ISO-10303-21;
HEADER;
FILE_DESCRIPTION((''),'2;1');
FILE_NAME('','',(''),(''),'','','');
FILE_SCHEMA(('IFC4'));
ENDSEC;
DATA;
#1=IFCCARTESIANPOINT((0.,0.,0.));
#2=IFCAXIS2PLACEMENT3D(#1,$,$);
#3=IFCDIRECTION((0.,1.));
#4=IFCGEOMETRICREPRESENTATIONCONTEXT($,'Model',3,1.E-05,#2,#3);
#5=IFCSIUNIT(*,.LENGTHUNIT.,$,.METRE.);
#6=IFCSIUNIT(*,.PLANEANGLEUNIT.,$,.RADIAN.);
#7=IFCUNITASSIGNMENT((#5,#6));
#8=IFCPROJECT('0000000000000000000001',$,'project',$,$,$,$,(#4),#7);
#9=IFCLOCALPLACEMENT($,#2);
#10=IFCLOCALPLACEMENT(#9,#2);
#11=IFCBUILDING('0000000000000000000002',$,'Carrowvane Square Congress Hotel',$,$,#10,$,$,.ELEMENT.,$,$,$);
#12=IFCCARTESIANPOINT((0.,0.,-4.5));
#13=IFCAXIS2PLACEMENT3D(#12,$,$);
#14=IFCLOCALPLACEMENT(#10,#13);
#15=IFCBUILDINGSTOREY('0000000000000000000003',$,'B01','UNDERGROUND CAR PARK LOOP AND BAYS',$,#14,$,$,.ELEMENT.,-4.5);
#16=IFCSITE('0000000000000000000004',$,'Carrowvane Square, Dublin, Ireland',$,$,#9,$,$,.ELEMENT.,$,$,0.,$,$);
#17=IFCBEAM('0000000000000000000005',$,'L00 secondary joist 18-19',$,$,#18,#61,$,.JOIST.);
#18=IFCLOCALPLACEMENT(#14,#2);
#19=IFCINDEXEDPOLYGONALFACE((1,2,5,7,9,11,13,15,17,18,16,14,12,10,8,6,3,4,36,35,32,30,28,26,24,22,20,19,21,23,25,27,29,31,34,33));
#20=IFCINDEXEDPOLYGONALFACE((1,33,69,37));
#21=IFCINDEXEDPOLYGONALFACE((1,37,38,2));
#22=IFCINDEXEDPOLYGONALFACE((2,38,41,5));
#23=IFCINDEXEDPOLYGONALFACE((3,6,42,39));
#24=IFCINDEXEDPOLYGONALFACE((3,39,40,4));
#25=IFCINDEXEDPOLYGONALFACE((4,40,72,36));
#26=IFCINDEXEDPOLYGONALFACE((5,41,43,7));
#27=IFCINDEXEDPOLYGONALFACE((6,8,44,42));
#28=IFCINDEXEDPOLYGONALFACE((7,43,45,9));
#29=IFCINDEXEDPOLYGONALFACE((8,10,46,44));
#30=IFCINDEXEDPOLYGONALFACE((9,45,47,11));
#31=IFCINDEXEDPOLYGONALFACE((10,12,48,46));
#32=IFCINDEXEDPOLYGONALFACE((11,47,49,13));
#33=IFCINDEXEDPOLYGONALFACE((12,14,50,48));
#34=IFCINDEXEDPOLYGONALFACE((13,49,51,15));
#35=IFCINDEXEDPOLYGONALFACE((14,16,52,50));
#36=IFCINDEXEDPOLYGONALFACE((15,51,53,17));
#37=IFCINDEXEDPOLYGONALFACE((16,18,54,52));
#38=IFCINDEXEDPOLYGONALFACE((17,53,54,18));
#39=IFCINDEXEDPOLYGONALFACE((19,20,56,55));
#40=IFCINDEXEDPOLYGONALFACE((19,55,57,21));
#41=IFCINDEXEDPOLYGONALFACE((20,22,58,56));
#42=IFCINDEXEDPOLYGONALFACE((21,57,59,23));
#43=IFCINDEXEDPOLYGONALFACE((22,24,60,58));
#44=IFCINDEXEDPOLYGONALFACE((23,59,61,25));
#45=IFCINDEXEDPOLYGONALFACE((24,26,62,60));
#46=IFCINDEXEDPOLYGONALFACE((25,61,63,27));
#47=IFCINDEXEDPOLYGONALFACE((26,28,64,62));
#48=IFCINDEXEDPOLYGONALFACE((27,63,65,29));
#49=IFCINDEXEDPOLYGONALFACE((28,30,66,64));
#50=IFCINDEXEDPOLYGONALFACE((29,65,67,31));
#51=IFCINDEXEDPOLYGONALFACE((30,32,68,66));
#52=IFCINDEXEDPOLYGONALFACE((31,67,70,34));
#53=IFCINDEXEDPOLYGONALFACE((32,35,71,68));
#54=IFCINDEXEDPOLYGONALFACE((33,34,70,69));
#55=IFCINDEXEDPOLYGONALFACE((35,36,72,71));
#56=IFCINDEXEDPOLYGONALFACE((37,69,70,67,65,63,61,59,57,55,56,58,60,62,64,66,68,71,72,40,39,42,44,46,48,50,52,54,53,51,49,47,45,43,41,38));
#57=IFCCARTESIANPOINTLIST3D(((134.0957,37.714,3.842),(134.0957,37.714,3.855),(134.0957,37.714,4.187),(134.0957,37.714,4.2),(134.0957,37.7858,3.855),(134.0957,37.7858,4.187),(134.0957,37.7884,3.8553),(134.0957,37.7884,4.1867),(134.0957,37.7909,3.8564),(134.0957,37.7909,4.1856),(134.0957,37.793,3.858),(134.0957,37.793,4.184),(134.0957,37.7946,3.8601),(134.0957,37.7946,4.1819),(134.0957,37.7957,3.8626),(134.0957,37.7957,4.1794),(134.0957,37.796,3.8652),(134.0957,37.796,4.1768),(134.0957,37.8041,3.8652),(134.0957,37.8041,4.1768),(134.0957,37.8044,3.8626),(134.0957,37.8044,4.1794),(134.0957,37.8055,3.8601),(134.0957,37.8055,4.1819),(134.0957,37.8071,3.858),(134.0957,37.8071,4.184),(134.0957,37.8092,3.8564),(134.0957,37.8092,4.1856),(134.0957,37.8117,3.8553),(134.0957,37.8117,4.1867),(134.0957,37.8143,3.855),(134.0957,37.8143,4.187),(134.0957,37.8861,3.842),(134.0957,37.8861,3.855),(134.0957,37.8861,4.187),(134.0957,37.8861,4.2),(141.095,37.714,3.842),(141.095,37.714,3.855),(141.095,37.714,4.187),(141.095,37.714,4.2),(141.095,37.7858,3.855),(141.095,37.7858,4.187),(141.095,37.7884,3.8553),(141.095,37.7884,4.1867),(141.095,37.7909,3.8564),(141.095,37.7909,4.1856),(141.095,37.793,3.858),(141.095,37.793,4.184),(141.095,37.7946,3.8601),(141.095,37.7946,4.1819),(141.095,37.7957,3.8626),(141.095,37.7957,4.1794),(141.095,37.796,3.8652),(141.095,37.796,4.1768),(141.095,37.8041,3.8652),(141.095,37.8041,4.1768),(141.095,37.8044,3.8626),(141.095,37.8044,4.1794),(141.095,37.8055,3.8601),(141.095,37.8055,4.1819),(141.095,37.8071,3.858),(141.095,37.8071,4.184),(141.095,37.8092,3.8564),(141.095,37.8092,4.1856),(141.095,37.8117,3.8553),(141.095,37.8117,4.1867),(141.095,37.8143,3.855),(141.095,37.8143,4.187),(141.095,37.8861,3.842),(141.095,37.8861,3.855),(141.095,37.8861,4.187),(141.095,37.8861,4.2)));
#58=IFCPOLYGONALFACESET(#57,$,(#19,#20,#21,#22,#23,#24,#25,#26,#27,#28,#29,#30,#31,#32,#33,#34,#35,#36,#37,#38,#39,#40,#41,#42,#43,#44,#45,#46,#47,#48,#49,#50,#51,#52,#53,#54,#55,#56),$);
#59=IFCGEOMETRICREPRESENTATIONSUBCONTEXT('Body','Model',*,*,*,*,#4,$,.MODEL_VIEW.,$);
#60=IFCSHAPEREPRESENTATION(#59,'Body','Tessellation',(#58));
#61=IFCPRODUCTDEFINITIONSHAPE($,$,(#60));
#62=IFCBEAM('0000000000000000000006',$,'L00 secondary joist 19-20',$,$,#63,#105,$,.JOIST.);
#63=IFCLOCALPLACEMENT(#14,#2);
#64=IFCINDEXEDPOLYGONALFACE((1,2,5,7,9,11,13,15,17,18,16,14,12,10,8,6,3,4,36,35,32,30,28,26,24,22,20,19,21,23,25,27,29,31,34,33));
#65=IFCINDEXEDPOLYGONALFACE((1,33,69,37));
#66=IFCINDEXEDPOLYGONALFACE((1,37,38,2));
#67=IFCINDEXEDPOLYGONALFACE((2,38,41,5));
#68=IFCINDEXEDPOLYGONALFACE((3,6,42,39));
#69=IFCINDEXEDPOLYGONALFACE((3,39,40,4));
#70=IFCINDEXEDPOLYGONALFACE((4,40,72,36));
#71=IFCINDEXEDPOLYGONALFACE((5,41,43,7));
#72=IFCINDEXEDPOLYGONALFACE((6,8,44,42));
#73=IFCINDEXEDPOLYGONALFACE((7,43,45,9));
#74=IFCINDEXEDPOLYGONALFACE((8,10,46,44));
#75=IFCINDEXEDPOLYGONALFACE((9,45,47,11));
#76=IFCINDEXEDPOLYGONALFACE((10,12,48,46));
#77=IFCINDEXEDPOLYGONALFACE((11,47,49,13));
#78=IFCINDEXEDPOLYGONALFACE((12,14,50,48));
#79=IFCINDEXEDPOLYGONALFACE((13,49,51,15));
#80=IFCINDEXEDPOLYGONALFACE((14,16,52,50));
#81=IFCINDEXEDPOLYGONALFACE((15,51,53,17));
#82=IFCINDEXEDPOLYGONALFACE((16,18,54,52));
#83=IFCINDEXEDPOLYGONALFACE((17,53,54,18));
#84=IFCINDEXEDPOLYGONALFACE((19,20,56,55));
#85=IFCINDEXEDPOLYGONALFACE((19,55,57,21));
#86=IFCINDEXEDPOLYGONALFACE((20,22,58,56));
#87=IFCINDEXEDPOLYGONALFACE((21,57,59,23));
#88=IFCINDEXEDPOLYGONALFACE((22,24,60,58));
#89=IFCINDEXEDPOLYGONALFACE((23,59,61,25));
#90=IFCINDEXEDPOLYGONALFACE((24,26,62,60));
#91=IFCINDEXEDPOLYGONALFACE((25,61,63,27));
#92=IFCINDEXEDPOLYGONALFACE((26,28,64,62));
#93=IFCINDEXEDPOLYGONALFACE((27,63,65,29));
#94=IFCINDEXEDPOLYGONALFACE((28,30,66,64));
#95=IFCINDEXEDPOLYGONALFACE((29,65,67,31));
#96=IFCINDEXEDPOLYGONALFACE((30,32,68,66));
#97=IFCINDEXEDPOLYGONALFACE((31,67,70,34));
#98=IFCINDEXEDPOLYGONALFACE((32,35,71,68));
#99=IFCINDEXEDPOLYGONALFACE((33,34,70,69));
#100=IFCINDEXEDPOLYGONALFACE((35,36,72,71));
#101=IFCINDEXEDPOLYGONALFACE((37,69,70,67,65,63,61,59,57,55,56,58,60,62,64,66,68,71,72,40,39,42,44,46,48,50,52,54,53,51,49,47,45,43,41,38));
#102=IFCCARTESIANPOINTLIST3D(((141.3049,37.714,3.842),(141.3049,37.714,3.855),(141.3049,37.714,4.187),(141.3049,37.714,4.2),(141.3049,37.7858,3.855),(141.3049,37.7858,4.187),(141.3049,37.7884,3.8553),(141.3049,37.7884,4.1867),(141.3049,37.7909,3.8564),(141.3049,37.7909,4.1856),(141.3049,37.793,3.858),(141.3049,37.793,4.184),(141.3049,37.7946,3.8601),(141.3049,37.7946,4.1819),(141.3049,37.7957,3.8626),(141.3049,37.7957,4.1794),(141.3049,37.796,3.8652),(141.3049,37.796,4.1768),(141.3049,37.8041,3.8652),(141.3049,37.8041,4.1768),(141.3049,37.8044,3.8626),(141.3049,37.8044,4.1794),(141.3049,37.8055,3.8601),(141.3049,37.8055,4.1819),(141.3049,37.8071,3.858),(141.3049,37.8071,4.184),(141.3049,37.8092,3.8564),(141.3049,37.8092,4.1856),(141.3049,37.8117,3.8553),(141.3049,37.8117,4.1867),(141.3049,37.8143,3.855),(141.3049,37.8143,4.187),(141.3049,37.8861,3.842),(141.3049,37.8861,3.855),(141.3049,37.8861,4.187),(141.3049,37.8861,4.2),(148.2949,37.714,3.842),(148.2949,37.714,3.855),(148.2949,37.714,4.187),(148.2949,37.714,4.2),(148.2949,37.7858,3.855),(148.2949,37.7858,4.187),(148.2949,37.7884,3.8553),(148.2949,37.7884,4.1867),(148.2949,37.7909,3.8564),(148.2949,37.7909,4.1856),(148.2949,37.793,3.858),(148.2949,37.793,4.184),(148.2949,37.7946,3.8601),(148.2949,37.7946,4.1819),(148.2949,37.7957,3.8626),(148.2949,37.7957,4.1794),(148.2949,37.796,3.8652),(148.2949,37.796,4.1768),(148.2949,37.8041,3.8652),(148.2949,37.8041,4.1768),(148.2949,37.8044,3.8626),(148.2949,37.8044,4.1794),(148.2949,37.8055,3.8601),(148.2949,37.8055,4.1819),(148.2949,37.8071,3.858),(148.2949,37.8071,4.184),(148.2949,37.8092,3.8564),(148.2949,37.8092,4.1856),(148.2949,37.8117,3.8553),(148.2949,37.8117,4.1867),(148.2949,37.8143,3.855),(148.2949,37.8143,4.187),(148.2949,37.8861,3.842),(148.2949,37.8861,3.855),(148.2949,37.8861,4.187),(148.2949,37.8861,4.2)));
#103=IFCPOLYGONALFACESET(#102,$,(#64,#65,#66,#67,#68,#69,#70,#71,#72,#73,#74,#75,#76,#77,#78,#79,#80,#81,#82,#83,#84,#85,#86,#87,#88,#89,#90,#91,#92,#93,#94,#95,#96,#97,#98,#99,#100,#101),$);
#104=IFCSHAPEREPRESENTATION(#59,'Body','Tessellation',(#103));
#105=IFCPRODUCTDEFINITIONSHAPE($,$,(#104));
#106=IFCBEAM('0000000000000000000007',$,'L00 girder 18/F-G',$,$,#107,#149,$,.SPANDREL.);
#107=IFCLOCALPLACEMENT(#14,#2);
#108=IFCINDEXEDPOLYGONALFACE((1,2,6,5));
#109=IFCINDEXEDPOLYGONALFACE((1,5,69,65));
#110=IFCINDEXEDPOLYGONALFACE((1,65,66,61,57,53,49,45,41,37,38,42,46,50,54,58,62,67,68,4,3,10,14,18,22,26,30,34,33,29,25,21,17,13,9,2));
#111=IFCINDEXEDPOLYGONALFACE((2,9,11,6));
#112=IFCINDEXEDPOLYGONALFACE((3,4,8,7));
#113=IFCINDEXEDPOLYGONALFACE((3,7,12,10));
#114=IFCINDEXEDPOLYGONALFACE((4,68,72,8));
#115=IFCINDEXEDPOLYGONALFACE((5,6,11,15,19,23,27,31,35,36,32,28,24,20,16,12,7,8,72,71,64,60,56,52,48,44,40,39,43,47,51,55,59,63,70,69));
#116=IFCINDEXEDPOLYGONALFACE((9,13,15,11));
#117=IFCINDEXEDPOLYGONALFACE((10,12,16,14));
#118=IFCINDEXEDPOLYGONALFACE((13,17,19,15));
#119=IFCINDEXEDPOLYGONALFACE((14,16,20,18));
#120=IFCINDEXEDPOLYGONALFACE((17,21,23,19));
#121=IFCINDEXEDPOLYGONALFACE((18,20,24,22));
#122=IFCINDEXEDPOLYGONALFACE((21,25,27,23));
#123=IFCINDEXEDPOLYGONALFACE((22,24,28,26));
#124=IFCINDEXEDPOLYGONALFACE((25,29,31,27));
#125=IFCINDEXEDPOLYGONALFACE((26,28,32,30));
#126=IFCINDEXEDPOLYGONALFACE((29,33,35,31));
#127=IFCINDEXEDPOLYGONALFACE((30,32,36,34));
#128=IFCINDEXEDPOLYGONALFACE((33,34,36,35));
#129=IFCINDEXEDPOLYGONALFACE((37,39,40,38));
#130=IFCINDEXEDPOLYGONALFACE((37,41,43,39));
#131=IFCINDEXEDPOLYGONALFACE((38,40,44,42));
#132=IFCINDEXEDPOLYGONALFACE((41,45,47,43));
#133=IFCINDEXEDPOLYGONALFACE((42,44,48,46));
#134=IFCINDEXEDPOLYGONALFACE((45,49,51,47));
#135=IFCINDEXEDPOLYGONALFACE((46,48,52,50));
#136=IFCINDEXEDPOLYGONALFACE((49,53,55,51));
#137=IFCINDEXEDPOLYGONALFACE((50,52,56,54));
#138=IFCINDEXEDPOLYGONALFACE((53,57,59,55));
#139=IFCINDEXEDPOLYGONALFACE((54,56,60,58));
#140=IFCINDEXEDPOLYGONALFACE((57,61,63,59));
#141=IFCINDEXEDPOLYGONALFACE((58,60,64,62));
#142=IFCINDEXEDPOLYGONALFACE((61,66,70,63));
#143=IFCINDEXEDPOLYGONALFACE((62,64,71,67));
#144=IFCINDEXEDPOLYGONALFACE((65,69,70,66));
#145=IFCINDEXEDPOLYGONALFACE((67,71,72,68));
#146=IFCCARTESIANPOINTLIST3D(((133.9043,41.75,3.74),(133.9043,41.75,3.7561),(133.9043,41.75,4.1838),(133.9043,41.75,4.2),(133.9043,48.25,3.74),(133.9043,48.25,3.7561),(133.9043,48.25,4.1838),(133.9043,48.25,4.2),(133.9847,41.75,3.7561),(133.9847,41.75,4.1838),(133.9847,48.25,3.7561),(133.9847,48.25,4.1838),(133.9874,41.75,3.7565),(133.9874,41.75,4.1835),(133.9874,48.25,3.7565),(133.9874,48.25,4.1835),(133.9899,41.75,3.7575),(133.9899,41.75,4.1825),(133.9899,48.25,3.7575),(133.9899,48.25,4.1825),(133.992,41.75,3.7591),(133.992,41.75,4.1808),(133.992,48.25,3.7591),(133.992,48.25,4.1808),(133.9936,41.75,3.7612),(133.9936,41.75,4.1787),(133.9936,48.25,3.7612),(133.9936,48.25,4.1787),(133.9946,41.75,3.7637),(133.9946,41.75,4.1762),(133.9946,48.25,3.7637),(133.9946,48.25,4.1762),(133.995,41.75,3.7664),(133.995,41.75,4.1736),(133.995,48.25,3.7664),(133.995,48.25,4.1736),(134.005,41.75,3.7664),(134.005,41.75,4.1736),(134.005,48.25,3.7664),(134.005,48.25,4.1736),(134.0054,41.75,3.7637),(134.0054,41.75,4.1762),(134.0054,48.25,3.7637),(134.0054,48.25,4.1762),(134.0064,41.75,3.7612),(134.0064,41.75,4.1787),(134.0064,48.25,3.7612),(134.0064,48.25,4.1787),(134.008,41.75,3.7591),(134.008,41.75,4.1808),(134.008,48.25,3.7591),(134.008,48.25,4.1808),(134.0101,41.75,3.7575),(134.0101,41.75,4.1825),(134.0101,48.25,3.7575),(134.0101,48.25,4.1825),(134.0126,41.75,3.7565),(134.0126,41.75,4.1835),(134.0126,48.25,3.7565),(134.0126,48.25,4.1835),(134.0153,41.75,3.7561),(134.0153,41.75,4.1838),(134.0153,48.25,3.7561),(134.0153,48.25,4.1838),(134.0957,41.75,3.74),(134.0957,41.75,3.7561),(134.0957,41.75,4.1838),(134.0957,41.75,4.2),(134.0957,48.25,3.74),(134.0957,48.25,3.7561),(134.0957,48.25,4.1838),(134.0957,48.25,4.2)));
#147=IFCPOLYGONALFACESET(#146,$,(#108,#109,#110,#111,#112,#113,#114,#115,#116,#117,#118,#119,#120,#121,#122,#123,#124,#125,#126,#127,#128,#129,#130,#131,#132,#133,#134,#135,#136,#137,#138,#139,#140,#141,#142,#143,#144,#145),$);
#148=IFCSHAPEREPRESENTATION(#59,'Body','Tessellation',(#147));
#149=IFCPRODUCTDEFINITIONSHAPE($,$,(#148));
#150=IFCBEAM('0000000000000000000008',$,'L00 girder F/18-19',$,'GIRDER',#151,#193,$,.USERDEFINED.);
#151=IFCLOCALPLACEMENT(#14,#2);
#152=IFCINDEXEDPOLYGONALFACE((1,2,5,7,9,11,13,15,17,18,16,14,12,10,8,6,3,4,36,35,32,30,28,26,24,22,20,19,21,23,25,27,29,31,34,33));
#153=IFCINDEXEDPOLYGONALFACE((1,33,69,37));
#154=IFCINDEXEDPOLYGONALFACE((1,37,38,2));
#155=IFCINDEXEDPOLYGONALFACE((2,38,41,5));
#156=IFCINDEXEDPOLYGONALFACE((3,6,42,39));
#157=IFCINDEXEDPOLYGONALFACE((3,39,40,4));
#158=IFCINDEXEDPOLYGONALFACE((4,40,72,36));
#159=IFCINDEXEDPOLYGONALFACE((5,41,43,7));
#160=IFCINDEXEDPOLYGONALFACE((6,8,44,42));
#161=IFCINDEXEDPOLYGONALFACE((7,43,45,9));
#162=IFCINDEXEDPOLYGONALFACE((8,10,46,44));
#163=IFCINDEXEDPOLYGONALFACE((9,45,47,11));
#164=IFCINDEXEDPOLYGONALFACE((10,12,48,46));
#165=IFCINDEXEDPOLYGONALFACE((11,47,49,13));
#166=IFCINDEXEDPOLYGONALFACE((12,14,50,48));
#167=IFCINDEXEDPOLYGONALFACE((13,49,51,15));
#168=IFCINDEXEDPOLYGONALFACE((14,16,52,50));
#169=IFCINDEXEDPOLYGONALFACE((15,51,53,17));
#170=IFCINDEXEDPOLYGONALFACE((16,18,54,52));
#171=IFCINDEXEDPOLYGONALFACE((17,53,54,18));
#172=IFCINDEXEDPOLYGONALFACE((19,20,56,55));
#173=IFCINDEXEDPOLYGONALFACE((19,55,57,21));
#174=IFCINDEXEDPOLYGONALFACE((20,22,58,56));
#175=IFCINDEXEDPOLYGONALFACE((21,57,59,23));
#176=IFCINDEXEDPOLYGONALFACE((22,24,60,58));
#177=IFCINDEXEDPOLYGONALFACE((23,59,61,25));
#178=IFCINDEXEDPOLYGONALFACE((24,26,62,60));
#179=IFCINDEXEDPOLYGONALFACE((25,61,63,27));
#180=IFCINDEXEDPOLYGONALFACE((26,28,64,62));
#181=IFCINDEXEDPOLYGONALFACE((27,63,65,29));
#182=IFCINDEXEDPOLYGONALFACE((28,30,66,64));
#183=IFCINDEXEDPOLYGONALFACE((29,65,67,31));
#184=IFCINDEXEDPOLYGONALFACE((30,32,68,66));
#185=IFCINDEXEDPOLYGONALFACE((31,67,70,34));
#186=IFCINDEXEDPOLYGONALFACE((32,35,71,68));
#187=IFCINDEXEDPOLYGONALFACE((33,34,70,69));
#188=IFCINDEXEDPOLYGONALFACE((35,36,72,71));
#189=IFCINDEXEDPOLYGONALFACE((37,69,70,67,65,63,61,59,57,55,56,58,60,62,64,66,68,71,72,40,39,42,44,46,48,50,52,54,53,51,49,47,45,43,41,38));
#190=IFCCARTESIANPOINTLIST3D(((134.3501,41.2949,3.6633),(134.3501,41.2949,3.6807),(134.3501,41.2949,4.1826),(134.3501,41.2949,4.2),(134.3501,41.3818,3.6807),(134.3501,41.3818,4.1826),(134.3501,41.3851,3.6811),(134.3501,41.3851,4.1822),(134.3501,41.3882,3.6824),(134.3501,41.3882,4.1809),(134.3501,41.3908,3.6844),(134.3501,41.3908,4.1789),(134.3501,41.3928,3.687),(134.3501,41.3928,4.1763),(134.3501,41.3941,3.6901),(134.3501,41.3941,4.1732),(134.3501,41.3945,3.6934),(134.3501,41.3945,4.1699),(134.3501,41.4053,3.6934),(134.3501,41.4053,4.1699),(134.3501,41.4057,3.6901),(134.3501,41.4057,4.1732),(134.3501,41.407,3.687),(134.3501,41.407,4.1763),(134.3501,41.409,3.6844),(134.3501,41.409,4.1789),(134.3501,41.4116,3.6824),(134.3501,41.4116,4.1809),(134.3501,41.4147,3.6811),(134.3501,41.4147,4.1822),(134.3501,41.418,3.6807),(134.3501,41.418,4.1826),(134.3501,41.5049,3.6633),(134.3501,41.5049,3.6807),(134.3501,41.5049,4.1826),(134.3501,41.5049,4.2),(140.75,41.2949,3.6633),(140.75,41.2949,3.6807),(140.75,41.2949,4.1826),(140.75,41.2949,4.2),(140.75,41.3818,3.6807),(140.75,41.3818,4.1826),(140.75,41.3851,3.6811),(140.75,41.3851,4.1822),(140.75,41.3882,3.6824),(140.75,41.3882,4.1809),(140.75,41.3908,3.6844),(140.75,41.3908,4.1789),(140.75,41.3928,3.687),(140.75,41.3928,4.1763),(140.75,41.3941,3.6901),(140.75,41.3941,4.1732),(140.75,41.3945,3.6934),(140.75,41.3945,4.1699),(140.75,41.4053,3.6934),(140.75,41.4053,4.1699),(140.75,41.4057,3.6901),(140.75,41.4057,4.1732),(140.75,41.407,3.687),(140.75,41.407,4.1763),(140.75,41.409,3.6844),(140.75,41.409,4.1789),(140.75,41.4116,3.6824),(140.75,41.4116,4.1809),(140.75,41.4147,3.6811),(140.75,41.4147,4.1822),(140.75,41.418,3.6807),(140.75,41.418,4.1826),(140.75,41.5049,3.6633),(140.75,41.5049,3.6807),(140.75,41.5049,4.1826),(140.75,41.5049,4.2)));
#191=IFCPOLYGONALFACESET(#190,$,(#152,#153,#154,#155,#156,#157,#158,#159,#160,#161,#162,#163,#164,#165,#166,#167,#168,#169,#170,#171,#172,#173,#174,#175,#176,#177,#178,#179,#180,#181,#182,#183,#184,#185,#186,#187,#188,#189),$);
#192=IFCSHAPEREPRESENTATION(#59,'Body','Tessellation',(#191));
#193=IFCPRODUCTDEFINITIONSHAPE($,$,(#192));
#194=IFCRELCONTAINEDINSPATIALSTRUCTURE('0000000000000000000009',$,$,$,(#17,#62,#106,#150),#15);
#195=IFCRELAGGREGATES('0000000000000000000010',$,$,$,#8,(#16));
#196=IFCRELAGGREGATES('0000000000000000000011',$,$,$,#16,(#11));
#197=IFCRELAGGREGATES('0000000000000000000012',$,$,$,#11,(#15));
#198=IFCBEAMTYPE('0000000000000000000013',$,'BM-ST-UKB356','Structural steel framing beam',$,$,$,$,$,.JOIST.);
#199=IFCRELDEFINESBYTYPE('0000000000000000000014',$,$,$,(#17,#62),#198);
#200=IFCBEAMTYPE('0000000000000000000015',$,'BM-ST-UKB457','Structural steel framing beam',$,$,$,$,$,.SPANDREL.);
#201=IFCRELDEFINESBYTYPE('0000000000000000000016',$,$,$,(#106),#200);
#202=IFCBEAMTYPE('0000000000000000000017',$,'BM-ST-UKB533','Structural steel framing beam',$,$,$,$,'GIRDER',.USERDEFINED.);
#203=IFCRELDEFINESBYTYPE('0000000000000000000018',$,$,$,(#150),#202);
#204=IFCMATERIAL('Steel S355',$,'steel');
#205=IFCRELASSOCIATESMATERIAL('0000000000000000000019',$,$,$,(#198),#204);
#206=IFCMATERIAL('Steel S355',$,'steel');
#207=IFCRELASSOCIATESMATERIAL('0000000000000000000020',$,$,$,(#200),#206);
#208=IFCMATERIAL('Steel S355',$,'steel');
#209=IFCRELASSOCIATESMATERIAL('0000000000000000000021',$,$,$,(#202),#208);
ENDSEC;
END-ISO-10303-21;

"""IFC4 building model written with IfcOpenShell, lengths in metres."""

from ifc_helpers import new_model, si_unit, direction, frame, origin, origin_2d, place, context, subcontext, project, spatial, i_section, extrude, material, material_profile, profile_set, type_object, element, save


model = new_model("IFC4")

# Units and contexts
model_context = context("Model", 3, precision=1e-05, world=origin(), true_north=direction((0.0, 1.0)))
body_context = subcontext(model_context, "Body", "Model", "MODEL_VIEW")
ifc_project = project(units=[si_unit("LENGTHUNIT", "METRE"), si_unit("PLANEANGLEUNIT", "RADIAN")], contexts=[model_context])

# Site, building, storey
site_placement = place(None, origin())
site = spatial("IfcSite", under=ifc_project, at=site_placement, Name="Carrowvane Square, Dublin, Ireland", CompositionType="ELEMENT", RefElevation=0.0)
building_placement = place(site_placement, origin())
building = spatial("IfcBuilding", under=site, at=building_placement, Name="Carrowvane Square Congress Hotel", CompositionType="ELEMENT")
storey_placement = place(building_placement, frame((0.0, 0.0, -4.5)))
storey = spatial("IfcBuildingStorey", under=building, at=storey_placement, Name="B01", Description="UNDERGROUND CAR PARK LOOP AND BAYS", CompositionType="ELEMENT", Elevation=-4.5)

# Beams
ifc_material_1 = material(Name="Steel S355", Category="steel")
ifc_material_profile_1 = material_profile(ifc_material_1, i_section(OverallWidth=0.1721, OverallDepth=0.3579, WebThickness=0.0081, FlangeThickness=0.0129, FilletRadius=0.0103, at=origin_2d()), Name="UKB 356x171x57")
ifc_profile_set_1 = profile_set([ifc_material_profile_1], Name="Steel S355")
beam_type_1 = type_object("IfcBeamType", Name="BM-ST-UKB356", Description="Structural steel framing beam", PredefinedType="JOIST", material=ifc_profile_set_1)
beam_1_placement = place(storey_placement, frame((134.0957, 37.8, 4.021), z_axis=(1.0, 0.0, 0.0), x_axis=(0.0, 1.0, 0.0)))
element("IfcBeam", 1, at=beam_1_placement, inside=storey, type_object=beam_type_1, Name="L00 secondary joist 18-19", PredefinedType="JOIST", context=body_context, shape_type="SweptSolid", body=[
    extrude(i_section(OverallWidth=0.1721, OverallDepth=0.3579, WebThickness=0.0081, FlangeThickness=0.0129, FilletRadius=0.0103, at=origin_2d()), origin(), (0.0, 0.0, 1.0), 6.9993),
])
beam_2_placement = place(storey_placement, frame((141.3049, 37.8, 4.021), z_axis=(1.0, 0.0, 0.0), x_axis=(0.0, 1.0, 0.0)))
element("IfcBeam", 2, at=beam_2_placement, inside=storey, type_object=beam_type_1, Name="L00 secondary joist 19-20", PredefinedType="JOIST", context=body_context, shape_type="SweptSolid", body=[
    extrude(i_section(OverallWidth=0.1721, OverallDepth=0.3579, WebThickness=0.0081, FlangeThickness=0.0129, FilletRadius=0.0103, at=origin_2d()), origin(), (0.0, 0.0, 1.0), 6.99),
])
ifc_material_2 = material(Name="Steel S355", Category="steel")
ifc_material_profile_2 = material_profile(ifc_material_2, i_section(OverallWidth=0.1914, OverallDepth=0.46, WebThickness=0.01, FlangeThickness=0.0161, FilletRadius=0.0103, at=origin_2d()), Name="UKB 457x191x82")
ifc_profile_set_2 = profile_set([ifc_material_profile_2], Name="Steel S355")
beam_type_2 = type_object("IfcBeamType", Name="BM-ST-UKB457", Description="Structural steel framing beam", PredefinedType="SPANDREL", material=ifc_profile_set_2)
beam_3_placement = place(storey_placement, frame((134.0, 41.75, 3.97), z_axis=(0.0, 1.0, 0.0), x_axis=(-1.0, 0.0, 0.0)))
element("IfcBeam", 3, at=beam_3_placement, inside=storey, type_object=beam_type_2, Name="L00 girder 18/F-G", PredefinedType="SPANDREL", context=body_context, shape_type="SweptSolid", body=[
    extrude(i_section(OverallWidth=0.1914, OverallDepth=0.46, WebThickness=0.01, FlangeThickness=0.0161, FilletRadius=0.0103, at=origin_2d()), origin(), (0.0, 0.0, 1.0), 6.5),
])
ifc_material_3 = material(Name="Steel S355", Category="steel")
ifc_material_profile_3 = material_profile(ifc_material_3, i_section(OverallWidth=0.21, OverallDepth=0.5366, WebThickness=0.0107, FlangeThickness=0.0173, FilletRadius=0.0127, at=origin_2d()), Name="UKB 533x210x101")
ifc_profile_set_3 = profile_set([ifc_material_profile_3], Name="Steel S355")
beam_type_3 = type_object("IfcBeamType", Name="BM-ST-UKB533", Description="Structural steel framing beam", ElementType="GIRDER", PredefinedType="USERDEFINED", material=ifc_profile_set_3)
beam_4_placement = place(storey_placement, frame((134.3501, 41.3999, 3.9316), z_axis=(1.0, 0.0, 0.0), x_axis=(0.0, 1.0, 0.0)))
element("IfcBeam", 4, at=beam_4_placement, inside=storey, type_object=beam_type_3, Name="L00 girder F/18-19", ObjectType="GIRDER", PredefinedType="USERDEFINED", context=body_context, shape_type="SweptSolid", body=[
    extrude(i_section(OverallWidth=0.21, OverallDepth=0.5366, WebThickness=0.0107, FlangeThickness=0.0173, FilletRadius=0.0127, at=origin_2d()), origin(), (0.0, 0.0, 1.0), 6.3999),
])

save(model, "model.ifc")
